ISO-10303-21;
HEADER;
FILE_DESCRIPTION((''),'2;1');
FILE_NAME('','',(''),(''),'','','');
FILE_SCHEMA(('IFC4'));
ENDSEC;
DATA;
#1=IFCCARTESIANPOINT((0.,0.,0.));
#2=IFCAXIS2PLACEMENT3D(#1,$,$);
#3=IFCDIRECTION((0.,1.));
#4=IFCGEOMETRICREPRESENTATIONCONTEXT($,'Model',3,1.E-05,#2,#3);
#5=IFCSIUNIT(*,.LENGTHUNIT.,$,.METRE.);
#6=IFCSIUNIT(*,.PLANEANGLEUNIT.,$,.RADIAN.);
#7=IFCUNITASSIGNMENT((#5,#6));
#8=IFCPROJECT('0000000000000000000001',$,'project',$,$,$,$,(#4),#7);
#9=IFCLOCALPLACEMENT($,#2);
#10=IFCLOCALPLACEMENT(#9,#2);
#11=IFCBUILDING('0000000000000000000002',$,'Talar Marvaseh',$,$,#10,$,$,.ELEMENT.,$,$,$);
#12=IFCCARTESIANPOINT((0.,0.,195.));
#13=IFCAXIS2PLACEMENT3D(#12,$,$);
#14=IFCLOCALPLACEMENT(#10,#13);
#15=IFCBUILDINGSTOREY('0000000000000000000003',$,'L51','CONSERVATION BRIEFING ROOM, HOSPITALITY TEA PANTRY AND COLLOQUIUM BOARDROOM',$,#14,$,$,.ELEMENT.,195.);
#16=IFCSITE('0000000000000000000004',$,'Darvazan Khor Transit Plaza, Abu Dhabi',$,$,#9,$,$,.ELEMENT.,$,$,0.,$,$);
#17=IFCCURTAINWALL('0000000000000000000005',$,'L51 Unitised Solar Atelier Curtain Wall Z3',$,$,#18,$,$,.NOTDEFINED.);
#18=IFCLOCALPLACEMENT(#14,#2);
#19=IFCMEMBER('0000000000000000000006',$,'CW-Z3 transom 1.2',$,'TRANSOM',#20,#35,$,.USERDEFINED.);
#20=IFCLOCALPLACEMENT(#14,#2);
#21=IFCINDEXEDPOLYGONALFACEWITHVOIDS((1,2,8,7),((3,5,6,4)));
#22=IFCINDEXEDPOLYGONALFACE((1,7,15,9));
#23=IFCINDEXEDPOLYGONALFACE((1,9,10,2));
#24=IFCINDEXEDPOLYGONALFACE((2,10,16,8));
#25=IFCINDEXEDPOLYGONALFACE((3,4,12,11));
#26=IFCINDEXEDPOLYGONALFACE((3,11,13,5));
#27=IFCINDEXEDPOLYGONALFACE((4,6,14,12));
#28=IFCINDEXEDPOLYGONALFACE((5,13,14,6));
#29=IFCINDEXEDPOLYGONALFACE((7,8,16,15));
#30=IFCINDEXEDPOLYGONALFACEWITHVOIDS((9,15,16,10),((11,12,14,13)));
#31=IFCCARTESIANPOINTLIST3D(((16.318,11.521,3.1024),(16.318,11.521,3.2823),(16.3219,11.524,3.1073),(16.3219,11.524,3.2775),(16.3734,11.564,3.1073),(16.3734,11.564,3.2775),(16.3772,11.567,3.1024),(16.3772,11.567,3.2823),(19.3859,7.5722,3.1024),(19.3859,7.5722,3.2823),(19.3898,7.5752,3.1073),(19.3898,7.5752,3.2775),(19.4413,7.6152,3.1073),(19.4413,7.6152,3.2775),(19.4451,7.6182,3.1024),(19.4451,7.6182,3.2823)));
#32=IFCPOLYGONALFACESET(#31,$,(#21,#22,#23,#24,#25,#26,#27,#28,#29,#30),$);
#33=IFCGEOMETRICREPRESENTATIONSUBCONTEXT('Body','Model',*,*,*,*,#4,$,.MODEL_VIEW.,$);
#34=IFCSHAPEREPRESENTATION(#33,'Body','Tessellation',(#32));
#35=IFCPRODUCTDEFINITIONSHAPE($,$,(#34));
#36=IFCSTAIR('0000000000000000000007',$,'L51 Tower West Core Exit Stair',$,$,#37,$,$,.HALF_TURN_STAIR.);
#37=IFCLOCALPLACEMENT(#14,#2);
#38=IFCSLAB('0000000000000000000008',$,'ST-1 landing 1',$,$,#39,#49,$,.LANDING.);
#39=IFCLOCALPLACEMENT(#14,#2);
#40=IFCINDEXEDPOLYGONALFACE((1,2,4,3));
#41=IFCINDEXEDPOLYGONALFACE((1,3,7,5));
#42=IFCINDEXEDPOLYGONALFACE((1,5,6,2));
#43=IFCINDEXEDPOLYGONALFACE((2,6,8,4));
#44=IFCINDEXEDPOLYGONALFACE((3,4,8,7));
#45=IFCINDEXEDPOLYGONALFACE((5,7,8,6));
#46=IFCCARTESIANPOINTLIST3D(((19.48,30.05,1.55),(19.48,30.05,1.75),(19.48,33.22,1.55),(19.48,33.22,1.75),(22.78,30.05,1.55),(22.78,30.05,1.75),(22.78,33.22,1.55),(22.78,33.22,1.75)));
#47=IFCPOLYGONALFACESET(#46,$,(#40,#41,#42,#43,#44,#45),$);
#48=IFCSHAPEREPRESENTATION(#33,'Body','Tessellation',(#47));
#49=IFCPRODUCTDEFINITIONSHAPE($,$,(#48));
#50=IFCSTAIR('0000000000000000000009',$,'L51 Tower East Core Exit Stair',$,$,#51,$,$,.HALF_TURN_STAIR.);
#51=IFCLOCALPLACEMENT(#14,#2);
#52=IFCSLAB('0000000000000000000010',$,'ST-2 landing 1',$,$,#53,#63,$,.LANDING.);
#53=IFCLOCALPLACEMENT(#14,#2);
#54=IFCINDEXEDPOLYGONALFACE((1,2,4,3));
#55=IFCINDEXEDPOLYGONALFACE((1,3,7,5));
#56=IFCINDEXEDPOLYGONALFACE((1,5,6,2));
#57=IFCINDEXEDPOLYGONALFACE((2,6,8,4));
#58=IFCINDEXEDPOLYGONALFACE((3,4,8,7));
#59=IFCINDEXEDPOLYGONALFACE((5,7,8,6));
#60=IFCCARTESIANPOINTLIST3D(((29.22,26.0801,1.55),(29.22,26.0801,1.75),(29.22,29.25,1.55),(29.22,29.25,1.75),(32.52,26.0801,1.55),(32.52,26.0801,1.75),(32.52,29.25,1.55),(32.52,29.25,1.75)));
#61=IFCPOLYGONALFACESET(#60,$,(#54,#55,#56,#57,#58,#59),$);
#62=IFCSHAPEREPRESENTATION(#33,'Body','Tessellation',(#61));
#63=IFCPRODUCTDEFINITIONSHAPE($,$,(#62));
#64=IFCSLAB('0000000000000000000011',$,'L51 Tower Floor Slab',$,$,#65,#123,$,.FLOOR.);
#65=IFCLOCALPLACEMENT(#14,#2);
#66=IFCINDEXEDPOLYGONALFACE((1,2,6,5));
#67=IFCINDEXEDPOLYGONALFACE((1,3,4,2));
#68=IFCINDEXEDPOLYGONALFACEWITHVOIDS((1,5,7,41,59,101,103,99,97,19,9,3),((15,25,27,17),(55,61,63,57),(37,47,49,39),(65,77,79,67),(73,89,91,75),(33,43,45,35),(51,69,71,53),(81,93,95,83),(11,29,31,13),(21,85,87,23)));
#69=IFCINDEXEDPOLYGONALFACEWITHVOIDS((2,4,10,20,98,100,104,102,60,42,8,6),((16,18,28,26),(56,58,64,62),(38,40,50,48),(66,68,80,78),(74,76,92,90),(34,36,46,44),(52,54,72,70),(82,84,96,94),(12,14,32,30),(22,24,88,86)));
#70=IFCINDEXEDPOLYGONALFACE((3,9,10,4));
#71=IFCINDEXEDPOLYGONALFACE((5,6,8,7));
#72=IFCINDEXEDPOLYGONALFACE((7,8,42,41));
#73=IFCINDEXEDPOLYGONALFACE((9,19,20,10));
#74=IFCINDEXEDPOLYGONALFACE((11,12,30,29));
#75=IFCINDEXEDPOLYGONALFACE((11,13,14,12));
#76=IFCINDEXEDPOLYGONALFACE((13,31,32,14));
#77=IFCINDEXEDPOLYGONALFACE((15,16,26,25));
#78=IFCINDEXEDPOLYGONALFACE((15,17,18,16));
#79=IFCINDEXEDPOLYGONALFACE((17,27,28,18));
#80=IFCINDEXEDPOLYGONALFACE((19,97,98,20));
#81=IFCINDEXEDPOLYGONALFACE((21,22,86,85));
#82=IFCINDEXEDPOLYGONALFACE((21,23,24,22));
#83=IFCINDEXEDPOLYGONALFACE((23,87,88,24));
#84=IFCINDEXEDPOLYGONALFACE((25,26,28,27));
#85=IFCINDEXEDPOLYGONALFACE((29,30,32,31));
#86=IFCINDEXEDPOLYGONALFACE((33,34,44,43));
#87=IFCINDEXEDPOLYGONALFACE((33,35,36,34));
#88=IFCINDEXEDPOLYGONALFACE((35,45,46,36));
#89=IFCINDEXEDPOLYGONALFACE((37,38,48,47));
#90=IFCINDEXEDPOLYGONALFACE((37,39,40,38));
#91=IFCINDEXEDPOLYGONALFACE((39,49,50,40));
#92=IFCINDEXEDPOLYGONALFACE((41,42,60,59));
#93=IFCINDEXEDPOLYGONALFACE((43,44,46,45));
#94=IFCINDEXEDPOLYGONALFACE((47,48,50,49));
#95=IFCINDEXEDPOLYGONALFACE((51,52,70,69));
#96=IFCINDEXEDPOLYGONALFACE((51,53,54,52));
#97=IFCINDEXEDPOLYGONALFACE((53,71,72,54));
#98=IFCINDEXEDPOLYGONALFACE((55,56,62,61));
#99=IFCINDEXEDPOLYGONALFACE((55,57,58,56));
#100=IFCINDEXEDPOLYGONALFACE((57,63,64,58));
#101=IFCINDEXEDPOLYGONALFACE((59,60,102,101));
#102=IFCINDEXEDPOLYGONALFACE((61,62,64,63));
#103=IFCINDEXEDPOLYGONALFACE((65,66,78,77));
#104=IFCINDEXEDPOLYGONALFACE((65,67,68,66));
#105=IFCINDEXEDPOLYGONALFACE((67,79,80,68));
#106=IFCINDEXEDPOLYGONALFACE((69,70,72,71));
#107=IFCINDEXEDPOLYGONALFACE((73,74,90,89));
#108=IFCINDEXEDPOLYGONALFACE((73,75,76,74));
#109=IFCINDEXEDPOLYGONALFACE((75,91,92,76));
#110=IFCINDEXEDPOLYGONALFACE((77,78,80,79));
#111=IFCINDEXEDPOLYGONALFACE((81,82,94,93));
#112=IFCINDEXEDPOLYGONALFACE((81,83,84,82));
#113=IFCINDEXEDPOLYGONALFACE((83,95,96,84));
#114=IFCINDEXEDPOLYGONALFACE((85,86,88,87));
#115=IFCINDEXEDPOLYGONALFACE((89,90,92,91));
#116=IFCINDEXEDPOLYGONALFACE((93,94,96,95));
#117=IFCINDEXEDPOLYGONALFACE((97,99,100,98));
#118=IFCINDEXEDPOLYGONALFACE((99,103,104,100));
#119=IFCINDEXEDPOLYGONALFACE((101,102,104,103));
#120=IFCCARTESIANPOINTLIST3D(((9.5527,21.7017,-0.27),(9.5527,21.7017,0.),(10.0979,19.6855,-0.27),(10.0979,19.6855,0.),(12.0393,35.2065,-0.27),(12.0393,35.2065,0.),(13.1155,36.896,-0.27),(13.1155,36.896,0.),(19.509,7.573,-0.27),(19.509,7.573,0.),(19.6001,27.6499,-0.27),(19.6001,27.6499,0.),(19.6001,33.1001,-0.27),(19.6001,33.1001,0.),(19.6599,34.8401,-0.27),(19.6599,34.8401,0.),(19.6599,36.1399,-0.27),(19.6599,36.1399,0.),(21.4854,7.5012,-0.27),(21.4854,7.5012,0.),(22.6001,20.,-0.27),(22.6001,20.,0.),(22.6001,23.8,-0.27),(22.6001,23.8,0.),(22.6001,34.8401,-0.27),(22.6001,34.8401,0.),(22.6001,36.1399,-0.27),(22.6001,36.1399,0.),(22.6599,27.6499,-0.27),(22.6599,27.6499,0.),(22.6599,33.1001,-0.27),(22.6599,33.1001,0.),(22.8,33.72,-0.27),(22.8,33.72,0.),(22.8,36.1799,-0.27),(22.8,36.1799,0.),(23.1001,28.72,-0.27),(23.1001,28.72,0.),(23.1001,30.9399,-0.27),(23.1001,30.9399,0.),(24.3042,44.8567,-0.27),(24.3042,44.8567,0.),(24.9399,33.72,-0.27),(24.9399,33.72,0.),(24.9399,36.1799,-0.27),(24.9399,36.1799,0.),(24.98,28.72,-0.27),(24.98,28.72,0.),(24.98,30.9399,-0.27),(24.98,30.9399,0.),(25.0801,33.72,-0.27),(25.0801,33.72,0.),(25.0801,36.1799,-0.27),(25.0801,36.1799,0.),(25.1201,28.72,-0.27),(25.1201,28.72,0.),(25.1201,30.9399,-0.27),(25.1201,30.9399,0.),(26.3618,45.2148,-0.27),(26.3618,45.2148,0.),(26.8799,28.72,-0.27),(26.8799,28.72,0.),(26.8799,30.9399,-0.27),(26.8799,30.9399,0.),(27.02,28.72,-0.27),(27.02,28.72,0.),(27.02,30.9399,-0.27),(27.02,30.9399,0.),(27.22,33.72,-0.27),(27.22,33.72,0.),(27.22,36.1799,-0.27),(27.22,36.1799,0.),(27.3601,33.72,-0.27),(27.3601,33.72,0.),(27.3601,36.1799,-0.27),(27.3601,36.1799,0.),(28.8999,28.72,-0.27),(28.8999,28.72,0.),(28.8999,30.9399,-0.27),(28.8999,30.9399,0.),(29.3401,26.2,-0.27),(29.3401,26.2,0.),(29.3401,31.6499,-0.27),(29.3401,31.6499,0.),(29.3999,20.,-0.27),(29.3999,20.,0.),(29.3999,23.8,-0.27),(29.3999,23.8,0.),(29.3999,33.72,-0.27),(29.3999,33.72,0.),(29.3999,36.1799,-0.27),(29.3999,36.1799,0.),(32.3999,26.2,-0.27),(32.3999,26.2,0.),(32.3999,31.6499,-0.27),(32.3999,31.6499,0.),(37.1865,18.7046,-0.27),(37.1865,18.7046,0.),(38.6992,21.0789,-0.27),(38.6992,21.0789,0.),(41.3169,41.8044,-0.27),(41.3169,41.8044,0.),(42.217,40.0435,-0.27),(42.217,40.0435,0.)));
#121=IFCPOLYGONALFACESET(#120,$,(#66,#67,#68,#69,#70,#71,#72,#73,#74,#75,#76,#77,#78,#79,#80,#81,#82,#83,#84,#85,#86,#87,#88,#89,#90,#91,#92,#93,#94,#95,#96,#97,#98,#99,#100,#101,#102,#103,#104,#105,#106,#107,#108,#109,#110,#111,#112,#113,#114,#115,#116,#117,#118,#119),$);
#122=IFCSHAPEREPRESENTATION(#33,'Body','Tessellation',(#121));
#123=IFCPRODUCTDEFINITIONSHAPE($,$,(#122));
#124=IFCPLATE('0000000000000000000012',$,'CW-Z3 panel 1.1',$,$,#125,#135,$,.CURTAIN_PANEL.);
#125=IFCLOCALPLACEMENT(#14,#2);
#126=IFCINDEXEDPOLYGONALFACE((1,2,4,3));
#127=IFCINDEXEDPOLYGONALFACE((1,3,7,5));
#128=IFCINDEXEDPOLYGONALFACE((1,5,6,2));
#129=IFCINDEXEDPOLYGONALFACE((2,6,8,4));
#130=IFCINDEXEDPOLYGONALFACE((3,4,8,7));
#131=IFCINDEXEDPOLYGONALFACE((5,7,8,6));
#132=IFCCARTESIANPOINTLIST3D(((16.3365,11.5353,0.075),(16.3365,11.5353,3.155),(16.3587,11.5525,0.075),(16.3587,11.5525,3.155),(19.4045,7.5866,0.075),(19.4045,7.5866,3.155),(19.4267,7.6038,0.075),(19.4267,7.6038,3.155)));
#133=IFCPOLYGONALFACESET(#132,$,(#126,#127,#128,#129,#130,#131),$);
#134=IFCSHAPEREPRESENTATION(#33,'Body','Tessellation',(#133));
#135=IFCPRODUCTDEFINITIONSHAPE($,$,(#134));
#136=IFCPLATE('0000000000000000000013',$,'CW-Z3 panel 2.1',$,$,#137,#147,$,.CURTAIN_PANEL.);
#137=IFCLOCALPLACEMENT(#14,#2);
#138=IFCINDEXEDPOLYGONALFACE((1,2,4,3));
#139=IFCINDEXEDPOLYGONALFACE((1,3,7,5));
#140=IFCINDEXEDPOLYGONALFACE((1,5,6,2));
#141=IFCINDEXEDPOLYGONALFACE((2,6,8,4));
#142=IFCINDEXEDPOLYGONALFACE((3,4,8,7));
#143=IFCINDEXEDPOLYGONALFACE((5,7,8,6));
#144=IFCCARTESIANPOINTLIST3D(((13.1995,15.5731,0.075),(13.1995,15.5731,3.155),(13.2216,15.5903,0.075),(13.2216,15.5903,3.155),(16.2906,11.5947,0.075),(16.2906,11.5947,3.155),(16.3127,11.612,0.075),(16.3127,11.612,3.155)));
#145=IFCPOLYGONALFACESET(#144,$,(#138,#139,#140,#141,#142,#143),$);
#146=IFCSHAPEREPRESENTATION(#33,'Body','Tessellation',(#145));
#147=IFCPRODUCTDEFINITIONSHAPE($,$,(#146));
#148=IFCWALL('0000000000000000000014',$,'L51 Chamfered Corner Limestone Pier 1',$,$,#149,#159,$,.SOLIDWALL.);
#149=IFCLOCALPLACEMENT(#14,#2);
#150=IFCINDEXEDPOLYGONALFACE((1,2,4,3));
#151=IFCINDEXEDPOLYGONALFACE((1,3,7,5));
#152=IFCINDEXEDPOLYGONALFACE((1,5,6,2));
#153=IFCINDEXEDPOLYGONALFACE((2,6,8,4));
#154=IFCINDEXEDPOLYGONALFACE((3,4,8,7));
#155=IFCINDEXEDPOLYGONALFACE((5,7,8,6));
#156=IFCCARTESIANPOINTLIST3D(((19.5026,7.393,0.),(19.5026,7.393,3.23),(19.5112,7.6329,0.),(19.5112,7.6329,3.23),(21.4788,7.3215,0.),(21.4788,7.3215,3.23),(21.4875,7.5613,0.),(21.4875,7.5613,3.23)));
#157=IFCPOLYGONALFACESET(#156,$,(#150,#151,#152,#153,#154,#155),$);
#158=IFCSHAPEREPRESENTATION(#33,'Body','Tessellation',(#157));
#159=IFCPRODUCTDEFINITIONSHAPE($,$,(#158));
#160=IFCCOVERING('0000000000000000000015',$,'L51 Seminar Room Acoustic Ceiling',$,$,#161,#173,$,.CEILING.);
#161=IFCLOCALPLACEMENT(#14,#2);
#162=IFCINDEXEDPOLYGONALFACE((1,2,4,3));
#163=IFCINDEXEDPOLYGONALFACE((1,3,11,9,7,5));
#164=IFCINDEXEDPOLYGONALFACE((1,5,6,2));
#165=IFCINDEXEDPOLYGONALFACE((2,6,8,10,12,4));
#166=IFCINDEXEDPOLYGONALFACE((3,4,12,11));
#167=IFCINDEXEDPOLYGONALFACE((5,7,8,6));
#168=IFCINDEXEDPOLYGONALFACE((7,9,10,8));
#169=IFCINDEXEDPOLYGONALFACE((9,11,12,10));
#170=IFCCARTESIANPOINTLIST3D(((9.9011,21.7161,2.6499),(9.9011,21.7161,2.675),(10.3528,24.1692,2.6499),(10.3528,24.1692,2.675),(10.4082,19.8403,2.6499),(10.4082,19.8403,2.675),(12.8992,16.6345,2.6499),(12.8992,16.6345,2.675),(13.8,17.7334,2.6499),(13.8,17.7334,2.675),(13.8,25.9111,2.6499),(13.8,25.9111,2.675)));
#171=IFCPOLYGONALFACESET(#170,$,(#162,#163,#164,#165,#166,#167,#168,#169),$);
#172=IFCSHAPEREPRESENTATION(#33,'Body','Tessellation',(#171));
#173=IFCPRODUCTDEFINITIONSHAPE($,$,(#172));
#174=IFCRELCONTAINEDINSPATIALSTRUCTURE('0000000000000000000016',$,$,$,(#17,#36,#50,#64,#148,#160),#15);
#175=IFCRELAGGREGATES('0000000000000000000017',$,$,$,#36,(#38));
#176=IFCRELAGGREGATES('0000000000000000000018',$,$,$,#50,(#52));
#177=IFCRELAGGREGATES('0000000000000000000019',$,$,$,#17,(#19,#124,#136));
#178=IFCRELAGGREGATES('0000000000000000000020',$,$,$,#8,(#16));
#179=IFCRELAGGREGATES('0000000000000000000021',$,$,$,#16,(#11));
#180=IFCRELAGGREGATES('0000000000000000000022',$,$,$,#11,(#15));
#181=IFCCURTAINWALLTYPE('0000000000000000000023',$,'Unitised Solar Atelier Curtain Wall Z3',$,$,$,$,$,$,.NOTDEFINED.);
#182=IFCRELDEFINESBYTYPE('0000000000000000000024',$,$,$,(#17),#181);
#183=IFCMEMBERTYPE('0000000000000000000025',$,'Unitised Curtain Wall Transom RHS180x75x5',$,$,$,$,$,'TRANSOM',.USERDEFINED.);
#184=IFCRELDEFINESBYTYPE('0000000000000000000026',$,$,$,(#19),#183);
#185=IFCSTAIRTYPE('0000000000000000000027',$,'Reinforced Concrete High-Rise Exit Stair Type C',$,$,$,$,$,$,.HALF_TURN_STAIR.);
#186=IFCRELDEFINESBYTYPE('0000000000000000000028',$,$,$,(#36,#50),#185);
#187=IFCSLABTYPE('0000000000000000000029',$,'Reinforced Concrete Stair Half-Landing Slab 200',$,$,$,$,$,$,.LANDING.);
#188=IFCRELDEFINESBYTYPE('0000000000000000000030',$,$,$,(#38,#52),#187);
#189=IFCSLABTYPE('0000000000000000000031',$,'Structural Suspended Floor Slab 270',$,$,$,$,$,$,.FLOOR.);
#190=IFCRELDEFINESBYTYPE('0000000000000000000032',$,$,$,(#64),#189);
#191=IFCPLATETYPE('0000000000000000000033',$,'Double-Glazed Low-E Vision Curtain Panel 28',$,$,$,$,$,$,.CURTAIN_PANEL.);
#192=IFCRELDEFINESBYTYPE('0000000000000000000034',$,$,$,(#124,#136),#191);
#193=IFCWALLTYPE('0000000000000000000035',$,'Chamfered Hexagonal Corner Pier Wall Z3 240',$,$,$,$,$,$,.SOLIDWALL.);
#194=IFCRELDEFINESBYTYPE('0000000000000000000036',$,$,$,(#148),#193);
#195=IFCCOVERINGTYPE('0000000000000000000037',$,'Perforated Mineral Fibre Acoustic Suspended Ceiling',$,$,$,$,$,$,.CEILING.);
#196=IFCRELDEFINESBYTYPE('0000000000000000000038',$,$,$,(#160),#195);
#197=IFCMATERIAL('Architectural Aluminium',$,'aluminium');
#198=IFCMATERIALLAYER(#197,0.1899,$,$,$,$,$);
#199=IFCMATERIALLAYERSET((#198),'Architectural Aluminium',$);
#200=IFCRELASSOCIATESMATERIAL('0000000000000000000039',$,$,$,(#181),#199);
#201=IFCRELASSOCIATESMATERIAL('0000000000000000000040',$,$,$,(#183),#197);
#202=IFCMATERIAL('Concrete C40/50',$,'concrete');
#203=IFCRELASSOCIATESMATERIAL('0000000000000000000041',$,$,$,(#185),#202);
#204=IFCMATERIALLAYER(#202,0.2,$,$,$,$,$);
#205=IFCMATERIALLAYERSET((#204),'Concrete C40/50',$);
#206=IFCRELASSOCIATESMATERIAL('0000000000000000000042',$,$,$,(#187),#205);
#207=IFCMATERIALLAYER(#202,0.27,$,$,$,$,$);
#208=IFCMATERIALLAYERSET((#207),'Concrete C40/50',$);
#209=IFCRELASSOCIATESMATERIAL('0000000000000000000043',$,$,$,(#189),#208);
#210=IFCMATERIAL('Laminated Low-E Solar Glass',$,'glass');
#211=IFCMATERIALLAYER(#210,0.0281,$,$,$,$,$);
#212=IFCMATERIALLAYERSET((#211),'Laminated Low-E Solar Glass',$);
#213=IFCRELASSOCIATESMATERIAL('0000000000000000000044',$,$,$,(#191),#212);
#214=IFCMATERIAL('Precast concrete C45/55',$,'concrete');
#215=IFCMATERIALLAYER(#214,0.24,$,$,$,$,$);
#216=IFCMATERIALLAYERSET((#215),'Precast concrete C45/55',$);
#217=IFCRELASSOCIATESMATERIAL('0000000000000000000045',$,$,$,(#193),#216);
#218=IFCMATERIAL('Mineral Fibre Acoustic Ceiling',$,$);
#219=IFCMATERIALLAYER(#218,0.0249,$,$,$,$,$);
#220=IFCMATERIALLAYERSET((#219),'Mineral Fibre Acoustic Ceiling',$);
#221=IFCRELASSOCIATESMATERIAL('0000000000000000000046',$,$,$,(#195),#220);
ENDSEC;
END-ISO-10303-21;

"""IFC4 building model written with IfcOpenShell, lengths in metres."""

from ifc_helpers import new_model, si_unit, direction, frame, frame_2d, origin, origin_2d, place, context, subcontext, project, spatial, polyline, rectangle, hollow_rectangle, outline, extrude, source, transform, mapped, material, layer, layer_set, material_profile, profile_set, type_object, type_shapes, element, aggregate, save


model = new_model("IFC4")

# Units and contexts
model_context = context("Model", 3, precision=1e-05, world=origin(), true_north=direction((0.0, 1.0)))
body_context = subcontext(model_context, "Body", "Model", "MODEL_VIEW")
ifc_project = project(units=[si_unit("LENGTHUNIT", "METRE"), si_unit("PLANEANGLEUNIT", "RADIAN")], contexts=[model_context])

# Site, building, storey
site_placement = place(None, origin())
site = spatial("IfcSite", under=ifc_project, at=site_placement, Name="Darvazan Khor Transit Plaza, Abu Dhabi", CompositionType="ELEMENT", RefElevation=0.0)
building_placement = place(site_placement, origin())
building = spatial("IfcBuilding", under=site, at=building_placement, Name="Talar Marvaseh", CompositionType="ELEMENT")
storey_placement = place(building_placement, frame((0.0, 0.0, 195.0)))
storey = spatial("IfcBuildingStorey", under=building, at=storey_placement, Name="L51", Description="CONSERVATION BRIEFING ROOM, HOSPITALITY TEA PANTRY AND COLLOQUIUM BOARDROOM", CompositionType="ELEMENT", Elevation=195.0)

# Curtain wall
ifc_material_1 = material(Name="Architectural Aluminium", Category="aluminium")
ifc_layer_1 = layer(ifc_material_1, 0.1899)
ifc_layer_set_1 = layer_set([ifc_layer_1], Name="Architectural Aluminium")
curtain_wall_type = type_object("IfcCurtainWallType", Name="Unitised Solar Atelier Curtain Wall Z3", PredefinedType="NOTDEFINED", material=ifc_layer_set_1)
curtain_wall_1_placement = place(storey_placement, origin())
curtain_wall_1 = element("IfcCurtainWall", 1, at=curtain_wall_1_placement, inside=storey, type_object=curtain_wall_type, Name="L51 Unitised Solar Atelier Curtain Wall Z3", PredefinedType="NOTDEFINED")

# Member
ifc_material_profile_1 = material_profile(ifc_material_1, hollow_rectangle(XDim=0.075, YDim=0.1799, WallThickness=0.0049, at=origin_2d()), Name="RHS180x75x5")
ifc_profile_set_1 = profile_set([ifc_material_profile_1], Name="Architectural Aluminium")
member_type_1 = type_object("IfcMemberType", Name="Unitised Curtain Wall Transom RHS180x75x5", ElementType="TRANSOM", PredefinedType="USERDEFINED", material=ifc_profile_set_1)
shared_shape_1 = source(origin(), body_context, "Body", "SweptSolid", [
    extrude(hollow_rectangle(XDim=0.075, YDim=0.1799, WallThickness=0.0049, at=origin_2d()), origin(), (0.0, 0.0, 1.0), 5.0005),
])
member_1_placement = place(storey_placement, frame((19.4155, 7.5952, 3.1924), z_axis=(-0.613521, 0.789678, 0.0), x_axis=(-0.789678, -0.613521, 0.0)))
member_1 = element("IfcMember", 2, at=member_1_placement, type_object=member_type_1, Name="CW-Z3 transom 1.2", ObjectType="TRANSOM", PredefinedType="USERDEFINED", context=body_context, shape_type="MappedRepresentation", body=[
    mapped(shared_shape_1, transform((0.0, 0.0, 0.0), x_axis=(1.0, 0.0, 0.0), y_axis=(0.0, 1.0, 0.0), z_axis=(0.0, 0.0, 1.0), scale=1.0)),
])

# Stairs, slabs
ifc_material_2 = material(Name="Concrete C40/50", Category="concrete")
stair_type = type_object("IfcStairType", Name="Reinforced Concrete High-Rise Exit Stair Type C", PredefinedType="HALF_TURN_STAIR", material=ifc_material_2)
stair_1_placement = place(storey_placement, origin())
stair_1 = element("IfcStair", 3, at=stair_1_placement, inside=storey, type_object=stair_type, Name="L51 Tower West Core Exit Stair", PredefinedType="HALF_TURN_STAIR")
ifc_layer_2 = layer(ifc_material_2, 0.2)
ifc_layer_set_2 = layer_set([ifc_layer_2], Name="Concrete C40/50")
slab_type_1 = type_object("IfcSlabType", Name="Reinforced Concrete Stair Half-Landing Slab 200", PredefinedType="LANDING", material=ifc_layer_set_2)
slab_1_placement = place(storey_placement, frame((0.0, 0.0, 1.55)))
slab_1 = element("IfcSlab", 4, at=slab_1_placement, type_object=slab_type_1, Name="ST-1 landing 1", PredefinedType="LANDING", context=body_context, shape_type="SweptSolid", body=[
    extrude(outline(polyline([(22.78, 30.05), (22.78, 33.22), (19.48, 33.22), (19.48, 30.05), (22.78, 30.05)])), origin(), (0.0, 0.0, 1.0), 0.2),
])
aggregate(stair_1, [slab_1])
stair_2_placement = place(storey_placement, origin())
stair_2 = element("IfcStair", 5, at=stair_2_placement, inside=storey, type_object=stair_type, Name="L51 Tower East Core Exit Stair", PredefinedType="HALF_TURN_STAIR")
slab_2_placement = place(storey_placement, frame((0.0, 0.0, 1.55)))
slab_2 = element("IfcSlab", 6, at=slab_2_placement, type_object=slab_type_1, Name="ST-2 landing 1", PredefinedType="LANDING", context=body_context, shape_type="SweptSolid", body=[
    extrude(outline(polyline([(29.22, 29.25), (29.22, 26.0801), (32.52, 26.0801), (32.52, 29.25), (29.22, 29.25)])), origin(), (0.0, 0.0, 1.0), 0.2),
])
aggregate(stair_2, [slab_2])

# Slab
ifc_layer_3 = layer(ifc_material_2, 0.27)
ifc_layer_set_3 = layer_set([ifc_layer_3], Name="Concrete C40/50")
slab_type_2 = type_object("IfcSlabType", Name="Structural Suspended Floor Slab 270", PredefinedType="FLOOR", material=ifc_layer_set_3)
slab_3_placement = place(storey_placement, frame((0.0, 0.0, -0.27)))
element("IfcSlab", 7, at=slab_3_placement, inside=storey, type_object=slab_type_2, Name="L51 Tower Floor Slab", PredefinedType="FLOOR", context=body_context, shape_type="SweptSolid", body=[
    extrude(outline(polyline([(21.4854, 7.5012), (19.509, 7.573), (10.0979, 19.6855), (9.5527, 21.7017), (12.0393, 35.2065), (13.1155, 36.896), (24.3042, 44.8567), (26.3618, 45.2148), (41.3169, 41.8044), (42.217, 40.0435), (38.6992, 21.0789), (37.1865, 18.7046), (21.4854, 7.5012)]), holes=[polyline([(22.6599, 27.6499), (22.6599, 33.1001), (19.6001, 33.1001), (19.6001, 27.6499), (22.6599, 27.6499)]), polyline([(29.3401, 31.6499), (29.3401, 26.2), (32.3999, 26.2), (32.3999, 31.6499), (29.3401, 31.6499)]), polyline([(22.8, 33.72), (24.9399, 33.72), (24.9399, 36.1799), (22.8, 36.1799), (22.8, 33.72)]), polyline([(25.0801, 33.72), (27.22, 33.72), (27.22, 36.1799), (25.0801, 36.1799), (25.0801, 33.72)]), polyline([(27.3601, 33.72), (29.3999, 33.72), (29.3999, 36.1799), (27.3601, 36.1799), (27.3601, 33.72)]), polyline([(23.1001, 28.72), (24.98, 28.72), (24.98, 30.9399), (23.1001, 30.9399), (23.1001, 28.72)]), polyline([(25.1201, 28.72), (26.8799, 28.72), (26.8799, 30.9399), (25.1201, 30.9399), (25.1201, 28.72)]), polyline([(27.02, 28.72), (28.8999, 28.72), (28.8999, 30.9399), (27.02, 30.9399), (27.02, 28.72)]), polyline([(19.6599, 34.8401), (22.6001, 34.8401), (22.6001, 36.1399), (19.6599, 36.1399), (19.6599, 34.8401)]), polyline([(22.6001, 20.0), (29.3999, 20.0), (29.3999, 23.8), (22.6001, 23.8), (22.6001, 20.0)])]), origin(), (0.0, 0.0, 1.0), 0.27),
])

# Plates
ifc_material_3 = material(Name="Laminated Low-E Solar Glass", Category="glass")
ifc_layer_4 = layer(ifc_material_3, 0.0281)
ifc_layer_set_4 = layer_set([ifc_layer_4], Name="Laminated Low-E Solar Glass")
plate_type = type_object("IfcPlateType", Name="Double-Glazed Low-E Vision Curtain Panel 28", PredefinedType="CURTAIN_PANEL", material=ifc_layer_set_4)
shared_shape_2 = source(origin(), body_context, "Body", "SweptSolid", [
    extrude(rectangle(XDim=5.0005, YDim=0.0281, at=origin_2d()), origin(), (0.0, 0.0, 1.0), 3.0801),
])
plate_1_placement = place(storey_placement, frame((17.8816, 9.5696, 0.075), z_axis=(0.0, 0.0, 1.0), x_axis=(-0.613543, 0.789661, 0.0)))
plate_1 = element("IfcPlate", 8, at=plate_1_placement, type_object=plate_type, Name="CW-Z3 panel 1.1", PredefinedType="CURTAIN_PANEL", context=body_context, shape_type="MappedRepresentation", body=[
    mapped(shared_shape_2, transform((0.0, 0.0, 0.0), x_axis=(1.0, 0.0, 0.0), y_axis=(0.0, 1.0, 0.0), z_axis=(0.0, 0.0, 1.0), scale=1.0)),
])
shared_shape_3 = source(origin(), body_context, "Body", "SweptSolid", [
    extrude(rectangle(XDim=5.0381, YDim=0.0281, at=origin_2d()), origin(), (0.0, 0.0, 1.0), 3.0801),
])
type_shapes(plate_type, [shared_shape_2, shared_shape_3])
plate_2_placement = place(storey_placement, frame((14.7561, 13.5925, 0.075), z_axis=(0.0, 0.0, 1.0), x_axis=(-0.613543, 0.789661, 0.0)))
plate_2 = element("IfcPlate", 9, at=plate_2_placement, type_object=plate_type, Name="CW-Z3 panel 2.1", PredefinedType="CURTAIN_PANEL", context=body_context, shape_type="MappedRepresentation", body=[
    mapped(shared_shape_3, transform((0.0, 0.0, 0.0), x_axis=(1.0, 0.0, 0.0), y_axis=(0.0, 1.0, 0.0), z_axis=(0.0, 0.0, 1.0), scale=1.0)),
])
aggregate(curtain_wall_1, [member_1, plate_1, plate_2])

# Wall
ifc_material_4 = material(Name="Precast concrete C45/55", Category="concrete")
ifc_layer_5 = layer(ifc_material_4, 0.24)
ifc_layer_set_5 = layer_set([ifc_layer_5], Name="Precast concrete C45/55")
wall_type = type_object("IfcWallType", Name="Chamfered Hexagonal Corner Pier Wall Z3 240", PredefinedType="SOLIDWALL", material=ifc_layer_set_5)
wall_placement = place(storey_placement, frame((21.4832, 7.4414, 0.0), z_axis=(0.0, 0.0, 1.0), x_axis=(-0.999346, 0.036171, 0.0)))
element("IfcWall", 10, at=wall_placement, inside=storey, type_object=wall_type, Name="L51 Chamfered Corner Limestone Pier 1", PredefinedType="SOLIDWALL", context=body_context, shape_type="SweptSolid", body=[
    extrude(rectangle(XDim=1.9775, YDim=0.24, at=frame_2d((0.9888, 0.0))), origin(), (0.0, 0.0, 1.0), 3.23),
])

# Covering
ifc_material_5 = material(Name="Mineral Fibre Acoustic Ceiling")
ifc_layer_6 = layer(ifc_material_5, 0.0249)
ifc_layer_set_6 = layer_set([ifc_layer_6], Name="Mineral Fibre Acoustic Ceiling")
covering_type_1 = type_object("IfcCoveringType", Name="Perforated Mineral Fibre Acoustic Suspended Ceiling", PredefinedType="CEILING", material=ifc_layer_set_6)
covering_1_placement = place(storey_placement, frame((0.0, 0.0, 2.6499)))
element("IfcCovering", 11, at=covering_1_placement, inside=storey, type_object=covering_type_1, Name="L51 Seminar Room Acoustic Ceiling", PredefinedType="CEILING", context=body_context, shape_type="SweptSolid", body=[
    extrude(outline(polyline([(13.8, 25.9111), (13.8, 17.7334), (12.8992, 16.6345), (10.4082, 19.8403), (9.9011, 21.7161), (10.3528, 24.1692), (13.8, 25.9111)])), origin(), (0.0, 0.0, 1.0), 0.0251),
])

save(model, "model.ifc")
